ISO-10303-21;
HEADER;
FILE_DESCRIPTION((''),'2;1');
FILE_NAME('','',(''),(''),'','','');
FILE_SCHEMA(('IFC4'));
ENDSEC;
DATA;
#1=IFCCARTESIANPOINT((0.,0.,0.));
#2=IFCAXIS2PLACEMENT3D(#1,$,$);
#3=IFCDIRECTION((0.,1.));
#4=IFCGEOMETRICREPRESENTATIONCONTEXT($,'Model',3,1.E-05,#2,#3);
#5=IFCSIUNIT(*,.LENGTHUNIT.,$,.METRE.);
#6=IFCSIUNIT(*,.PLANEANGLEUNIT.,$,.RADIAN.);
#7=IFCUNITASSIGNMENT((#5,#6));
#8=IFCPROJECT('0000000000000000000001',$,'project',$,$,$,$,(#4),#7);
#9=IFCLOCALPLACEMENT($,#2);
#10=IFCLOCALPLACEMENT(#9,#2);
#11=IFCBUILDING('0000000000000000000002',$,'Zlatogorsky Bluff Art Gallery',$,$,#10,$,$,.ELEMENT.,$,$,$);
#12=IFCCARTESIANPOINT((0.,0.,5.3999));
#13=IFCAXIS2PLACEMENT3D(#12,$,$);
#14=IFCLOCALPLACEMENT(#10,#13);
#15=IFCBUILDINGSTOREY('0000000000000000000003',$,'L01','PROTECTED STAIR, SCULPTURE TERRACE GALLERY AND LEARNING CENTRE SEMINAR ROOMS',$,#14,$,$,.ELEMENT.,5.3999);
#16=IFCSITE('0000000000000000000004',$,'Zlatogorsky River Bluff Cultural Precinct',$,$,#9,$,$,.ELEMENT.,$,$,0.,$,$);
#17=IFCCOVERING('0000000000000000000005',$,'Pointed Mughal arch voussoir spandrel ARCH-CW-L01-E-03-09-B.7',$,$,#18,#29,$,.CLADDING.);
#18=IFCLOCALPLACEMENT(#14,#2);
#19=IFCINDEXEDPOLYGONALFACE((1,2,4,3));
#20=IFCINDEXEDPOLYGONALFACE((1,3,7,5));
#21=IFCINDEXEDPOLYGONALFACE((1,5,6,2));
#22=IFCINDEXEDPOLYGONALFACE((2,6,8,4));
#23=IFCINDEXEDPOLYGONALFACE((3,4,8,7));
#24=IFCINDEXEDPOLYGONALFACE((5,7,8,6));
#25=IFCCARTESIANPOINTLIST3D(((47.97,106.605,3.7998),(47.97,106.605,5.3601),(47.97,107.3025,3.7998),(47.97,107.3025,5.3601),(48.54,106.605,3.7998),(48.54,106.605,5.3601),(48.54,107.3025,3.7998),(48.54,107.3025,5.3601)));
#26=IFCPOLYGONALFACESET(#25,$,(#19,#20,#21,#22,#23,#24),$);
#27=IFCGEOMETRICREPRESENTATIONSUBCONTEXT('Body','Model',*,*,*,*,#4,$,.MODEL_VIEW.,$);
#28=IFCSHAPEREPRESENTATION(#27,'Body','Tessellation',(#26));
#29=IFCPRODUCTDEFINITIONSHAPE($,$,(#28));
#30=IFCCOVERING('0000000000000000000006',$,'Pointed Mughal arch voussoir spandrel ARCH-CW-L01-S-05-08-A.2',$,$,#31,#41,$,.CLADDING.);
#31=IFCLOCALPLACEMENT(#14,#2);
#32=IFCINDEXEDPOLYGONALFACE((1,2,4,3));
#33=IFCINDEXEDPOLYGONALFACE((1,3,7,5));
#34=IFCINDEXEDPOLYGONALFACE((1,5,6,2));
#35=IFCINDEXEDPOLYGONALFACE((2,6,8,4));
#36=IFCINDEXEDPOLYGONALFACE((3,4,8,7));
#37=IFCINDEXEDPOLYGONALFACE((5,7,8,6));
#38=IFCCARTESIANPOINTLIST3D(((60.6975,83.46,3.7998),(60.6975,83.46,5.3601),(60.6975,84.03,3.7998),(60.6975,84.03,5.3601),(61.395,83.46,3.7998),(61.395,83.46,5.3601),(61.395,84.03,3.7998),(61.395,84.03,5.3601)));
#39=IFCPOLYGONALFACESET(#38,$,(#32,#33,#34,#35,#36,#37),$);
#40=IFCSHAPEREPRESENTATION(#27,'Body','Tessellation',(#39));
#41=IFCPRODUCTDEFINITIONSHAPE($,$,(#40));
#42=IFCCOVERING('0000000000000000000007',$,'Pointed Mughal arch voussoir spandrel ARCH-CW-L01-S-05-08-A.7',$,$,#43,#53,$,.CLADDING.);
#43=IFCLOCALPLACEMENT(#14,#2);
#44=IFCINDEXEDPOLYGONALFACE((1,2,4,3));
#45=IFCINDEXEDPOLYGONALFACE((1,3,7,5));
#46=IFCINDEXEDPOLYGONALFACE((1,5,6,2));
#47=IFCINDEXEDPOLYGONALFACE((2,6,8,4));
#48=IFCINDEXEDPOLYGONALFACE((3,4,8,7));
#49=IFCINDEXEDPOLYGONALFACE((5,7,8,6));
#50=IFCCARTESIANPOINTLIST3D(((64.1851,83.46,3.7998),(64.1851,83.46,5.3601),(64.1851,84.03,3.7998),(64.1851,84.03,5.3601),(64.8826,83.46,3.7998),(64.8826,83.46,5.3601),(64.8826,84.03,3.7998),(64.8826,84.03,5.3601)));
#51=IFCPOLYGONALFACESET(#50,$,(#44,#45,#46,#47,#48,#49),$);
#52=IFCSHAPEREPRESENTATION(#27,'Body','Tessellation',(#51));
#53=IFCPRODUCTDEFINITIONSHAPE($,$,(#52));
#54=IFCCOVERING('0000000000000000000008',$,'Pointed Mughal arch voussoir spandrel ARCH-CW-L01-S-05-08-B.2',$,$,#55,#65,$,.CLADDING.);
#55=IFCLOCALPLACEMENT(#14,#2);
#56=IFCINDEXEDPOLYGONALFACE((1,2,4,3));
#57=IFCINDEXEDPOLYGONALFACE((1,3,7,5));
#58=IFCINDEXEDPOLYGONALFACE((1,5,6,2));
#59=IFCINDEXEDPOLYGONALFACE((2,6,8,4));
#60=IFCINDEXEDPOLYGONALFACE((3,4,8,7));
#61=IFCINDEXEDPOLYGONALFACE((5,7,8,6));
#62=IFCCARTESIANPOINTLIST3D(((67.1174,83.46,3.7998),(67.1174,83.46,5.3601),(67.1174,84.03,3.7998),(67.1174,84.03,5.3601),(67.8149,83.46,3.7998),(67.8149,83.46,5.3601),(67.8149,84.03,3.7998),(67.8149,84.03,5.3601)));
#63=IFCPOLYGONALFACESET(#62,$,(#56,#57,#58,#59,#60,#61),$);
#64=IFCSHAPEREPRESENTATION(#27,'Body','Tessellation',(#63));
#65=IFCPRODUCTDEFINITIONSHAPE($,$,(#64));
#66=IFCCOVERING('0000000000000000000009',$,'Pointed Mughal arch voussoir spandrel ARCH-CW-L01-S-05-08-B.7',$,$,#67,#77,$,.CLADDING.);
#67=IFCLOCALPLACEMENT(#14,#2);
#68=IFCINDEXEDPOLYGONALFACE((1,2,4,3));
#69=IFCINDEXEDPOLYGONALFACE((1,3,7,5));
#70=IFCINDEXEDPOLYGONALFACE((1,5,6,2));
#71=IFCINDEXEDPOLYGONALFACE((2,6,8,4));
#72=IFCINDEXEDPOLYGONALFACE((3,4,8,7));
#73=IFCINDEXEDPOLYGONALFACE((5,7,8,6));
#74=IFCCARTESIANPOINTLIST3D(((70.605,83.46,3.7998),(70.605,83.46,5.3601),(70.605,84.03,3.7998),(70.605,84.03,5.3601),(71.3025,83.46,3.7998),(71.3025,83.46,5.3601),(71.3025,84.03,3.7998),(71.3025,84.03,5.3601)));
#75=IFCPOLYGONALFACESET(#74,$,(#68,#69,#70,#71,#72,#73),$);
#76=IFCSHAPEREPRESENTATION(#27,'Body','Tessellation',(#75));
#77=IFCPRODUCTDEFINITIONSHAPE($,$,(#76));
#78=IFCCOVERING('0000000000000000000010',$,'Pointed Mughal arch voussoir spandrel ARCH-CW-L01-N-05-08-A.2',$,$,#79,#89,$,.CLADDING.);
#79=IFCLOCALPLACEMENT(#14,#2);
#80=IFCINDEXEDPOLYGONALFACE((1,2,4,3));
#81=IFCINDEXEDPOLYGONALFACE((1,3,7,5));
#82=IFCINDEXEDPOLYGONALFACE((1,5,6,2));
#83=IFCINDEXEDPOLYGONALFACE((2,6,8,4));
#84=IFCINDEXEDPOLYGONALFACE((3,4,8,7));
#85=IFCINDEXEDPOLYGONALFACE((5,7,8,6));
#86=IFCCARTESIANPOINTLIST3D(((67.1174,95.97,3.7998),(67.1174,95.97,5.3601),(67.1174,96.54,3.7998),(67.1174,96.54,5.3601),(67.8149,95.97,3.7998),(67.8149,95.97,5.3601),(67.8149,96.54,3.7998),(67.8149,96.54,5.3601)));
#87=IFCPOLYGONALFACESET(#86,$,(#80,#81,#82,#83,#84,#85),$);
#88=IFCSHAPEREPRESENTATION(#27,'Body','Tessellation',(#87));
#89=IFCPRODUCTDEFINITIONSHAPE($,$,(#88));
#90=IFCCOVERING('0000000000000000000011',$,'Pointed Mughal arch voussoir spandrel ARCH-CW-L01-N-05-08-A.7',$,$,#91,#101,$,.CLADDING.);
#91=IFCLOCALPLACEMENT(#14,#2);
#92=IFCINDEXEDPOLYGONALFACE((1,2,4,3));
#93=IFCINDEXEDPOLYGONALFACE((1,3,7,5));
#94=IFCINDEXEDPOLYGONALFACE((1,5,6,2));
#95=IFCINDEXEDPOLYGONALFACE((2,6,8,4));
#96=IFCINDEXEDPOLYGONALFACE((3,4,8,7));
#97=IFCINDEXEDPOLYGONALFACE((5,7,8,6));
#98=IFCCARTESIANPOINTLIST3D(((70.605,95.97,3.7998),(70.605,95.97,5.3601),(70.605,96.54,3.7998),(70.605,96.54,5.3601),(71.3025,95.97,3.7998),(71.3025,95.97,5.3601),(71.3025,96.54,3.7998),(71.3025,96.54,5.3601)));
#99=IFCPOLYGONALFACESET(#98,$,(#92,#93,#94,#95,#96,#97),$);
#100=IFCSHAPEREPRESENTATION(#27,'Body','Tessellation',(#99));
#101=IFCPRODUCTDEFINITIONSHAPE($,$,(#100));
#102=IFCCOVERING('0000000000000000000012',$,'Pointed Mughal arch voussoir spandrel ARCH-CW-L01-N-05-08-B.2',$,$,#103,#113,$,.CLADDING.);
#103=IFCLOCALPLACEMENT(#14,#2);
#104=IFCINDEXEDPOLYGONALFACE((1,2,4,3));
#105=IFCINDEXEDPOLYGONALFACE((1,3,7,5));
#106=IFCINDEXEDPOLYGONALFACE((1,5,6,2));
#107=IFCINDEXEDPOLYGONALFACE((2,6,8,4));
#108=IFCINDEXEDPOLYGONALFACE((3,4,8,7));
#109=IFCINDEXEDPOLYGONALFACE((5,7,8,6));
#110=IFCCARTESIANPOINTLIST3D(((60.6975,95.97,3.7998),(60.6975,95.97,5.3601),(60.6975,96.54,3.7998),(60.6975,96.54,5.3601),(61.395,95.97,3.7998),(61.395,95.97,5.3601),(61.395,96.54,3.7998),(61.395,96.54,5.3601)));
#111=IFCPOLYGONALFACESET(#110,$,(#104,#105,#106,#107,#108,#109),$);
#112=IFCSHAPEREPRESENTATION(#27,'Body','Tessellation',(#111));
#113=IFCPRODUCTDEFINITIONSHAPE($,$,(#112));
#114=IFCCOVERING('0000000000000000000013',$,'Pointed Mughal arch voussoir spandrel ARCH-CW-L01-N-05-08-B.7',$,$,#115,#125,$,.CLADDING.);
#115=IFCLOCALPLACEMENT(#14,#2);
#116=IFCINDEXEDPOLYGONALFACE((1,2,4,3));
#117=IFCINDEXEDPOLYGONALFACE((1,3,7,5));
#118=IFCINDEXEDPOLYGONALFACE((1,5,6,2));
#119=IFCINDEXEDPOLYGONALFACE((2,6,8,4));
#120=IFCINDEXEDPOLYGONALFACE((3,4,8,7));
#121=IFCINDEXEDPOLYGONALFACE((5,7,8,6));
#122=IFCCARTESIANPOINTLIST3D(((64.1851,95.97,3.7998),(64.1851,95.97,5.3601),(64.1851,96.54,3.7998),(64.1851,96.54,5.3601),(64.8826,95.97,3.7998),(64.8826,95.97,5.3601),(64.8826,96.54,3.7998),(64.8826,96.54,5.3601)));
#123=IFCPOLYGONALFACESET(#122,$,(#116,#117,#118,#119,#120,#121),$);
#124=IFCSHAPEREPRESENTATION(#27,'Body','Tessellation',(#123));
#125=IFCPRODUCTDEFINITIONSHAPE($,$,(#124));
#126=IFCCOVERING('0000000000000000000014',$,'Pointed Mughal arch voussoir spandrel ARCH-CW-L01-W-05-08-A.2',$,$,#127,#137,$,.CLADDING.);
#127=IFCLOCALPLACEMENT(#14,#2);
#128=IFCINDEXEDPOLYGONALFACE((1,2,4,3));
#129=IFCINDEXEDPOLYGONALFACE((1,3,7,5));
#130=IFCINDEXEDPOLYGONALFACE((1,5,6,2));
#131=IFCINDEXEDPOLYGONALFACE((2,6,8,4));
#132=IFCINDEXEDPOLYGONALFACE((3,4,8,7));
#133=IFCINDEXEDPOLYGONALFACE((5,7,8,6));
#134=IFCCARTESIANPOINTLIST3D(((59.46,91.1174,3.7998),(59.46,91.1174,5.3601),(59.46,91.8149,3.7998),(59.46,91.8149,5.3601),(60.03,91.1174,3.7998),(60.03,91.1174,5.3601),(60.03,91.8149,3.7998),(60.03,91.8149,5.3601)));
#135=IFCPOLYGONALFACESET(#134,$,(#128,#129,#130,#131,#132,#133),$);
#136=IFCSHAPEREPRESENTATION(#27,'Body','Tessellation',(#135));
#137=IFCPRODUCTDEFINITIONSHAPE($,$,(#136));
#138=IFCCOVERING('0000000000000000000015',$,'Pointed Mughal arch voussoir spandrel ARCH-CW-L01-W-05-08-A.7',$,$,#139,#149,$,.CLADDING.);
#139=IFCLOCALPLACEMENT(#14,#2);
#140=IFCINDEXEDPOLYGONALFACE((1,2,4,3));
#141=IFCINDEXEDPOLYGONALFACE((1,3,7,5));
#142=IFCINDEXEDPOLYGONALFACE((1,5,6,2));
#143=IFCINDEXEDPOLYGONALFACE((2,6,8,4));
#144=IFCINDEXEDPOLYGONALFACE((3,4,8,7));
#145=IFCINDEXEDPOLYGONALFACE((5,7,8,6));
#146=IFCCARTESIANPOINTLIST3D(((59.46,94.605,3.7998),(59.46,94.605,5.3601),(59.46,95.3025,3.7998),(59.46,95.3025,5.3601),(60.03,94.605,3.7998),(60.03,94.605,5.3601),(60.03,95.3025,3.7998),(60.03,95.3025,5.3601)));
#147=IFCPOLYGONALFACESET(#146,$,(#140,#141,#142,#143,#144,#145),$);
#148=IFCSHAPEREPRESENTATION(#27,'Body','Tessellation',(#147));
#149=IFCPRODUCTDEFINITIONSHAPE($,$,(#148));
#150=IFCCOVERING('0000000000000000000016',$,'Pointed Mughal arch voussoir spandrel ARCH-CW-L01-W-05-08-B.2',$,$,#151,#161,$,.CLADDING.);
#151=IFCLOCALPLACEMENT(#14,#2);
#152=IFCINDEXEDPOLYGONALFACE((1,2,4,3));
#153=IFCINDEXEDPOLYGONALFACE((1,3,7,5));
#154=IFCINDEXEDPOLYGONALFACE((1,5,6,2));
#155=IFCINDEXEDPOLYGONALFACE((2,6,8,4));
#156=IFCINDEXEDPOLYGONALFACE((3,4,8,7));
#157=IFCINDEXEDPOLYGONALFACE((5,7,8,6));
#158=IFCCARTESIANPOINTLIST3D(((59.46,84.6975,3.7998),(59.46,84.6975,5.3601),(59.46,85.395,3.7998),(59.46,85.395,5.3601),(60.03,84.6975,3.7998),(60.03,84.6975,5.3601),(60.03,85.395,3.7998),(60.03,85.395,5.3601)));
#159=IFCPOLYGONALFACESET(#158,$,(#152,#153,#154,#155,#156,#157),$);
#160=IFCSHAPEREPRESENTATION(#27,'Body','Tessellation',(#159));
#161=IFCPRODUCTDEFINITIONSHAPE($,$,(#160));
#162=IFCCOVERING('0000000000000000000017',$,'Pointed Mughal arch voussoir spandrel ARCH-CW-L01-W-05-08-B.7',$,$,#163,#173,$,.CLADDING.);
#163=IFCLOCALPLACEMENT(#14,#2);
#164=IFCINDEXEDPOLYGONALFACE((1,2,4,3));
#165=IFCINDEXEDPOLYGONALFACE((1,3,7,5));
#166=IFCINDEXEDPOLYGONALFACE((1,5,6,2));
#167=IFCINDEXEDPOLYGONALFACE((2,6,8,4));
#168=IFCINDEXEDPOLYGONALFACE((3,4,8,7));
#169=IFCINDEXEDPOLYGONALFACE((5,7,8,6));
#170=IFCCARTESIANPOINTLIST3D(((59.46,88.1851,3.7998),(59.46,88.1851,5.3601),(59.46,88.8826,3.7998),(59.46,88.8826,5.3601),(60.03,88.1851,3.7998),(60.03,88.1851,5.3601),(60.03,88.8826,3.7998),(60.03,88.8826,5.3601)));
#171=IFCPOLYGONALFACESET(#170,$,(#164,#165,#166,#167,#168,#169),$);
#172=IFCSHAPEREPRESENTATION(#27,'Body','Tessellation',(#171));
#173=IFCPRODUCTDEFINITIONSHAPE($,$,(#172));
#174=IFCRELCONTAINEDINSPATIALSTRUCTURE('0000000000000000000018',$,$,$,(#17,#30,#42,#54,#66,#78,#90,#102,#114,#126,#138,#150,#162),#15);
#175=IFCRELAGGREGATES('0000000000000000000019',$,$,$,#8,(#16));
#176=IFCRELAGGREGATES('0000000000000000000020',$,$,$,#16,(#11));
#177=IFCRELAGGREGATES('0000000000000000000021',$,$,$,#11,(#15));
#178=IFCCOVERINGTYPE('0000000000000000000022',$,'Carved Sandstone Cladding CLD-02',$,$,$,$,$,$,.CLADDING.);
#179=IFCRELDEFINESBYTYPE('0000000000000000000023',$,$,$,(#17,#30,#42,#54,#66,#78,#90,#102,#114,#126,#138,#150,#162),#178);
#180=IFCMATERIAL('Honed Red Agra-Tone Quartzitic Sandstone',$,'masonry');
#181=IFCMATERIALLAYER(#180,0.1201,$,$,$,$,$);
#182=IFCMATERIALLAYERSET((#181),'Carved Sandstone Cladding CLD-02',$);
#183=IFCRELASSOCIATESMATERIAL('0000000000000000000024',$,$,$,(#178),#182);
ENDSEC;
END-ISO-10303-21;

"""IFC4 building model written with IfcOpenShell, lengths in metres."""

from ifc_helpers import new_model, si_unit, direction, frame, origin, place, context, subcontext, project, spatial, polyline, outline, extrude, material, layer, layer_set, type_object, element, save


model = new_model("IFC4")

# Units and contexts
model_context = context("Model", 3, precision=1e-05, world=origin(), true_north=direction((0.0, 1.0)))
body_context = subcontext(model_context, "Body", "Model", "MODEL_VIEW")
ifc_project = project(units=[si_unit("LENGTHUNIT", "METRE"), si_unit("PLANEANGLEUNIT", "RADIAN")], contexts=[model_context])

# Site, building, storey
site_placement = place(None, origin())
site = spatial("IfcSite", under=ifc_project, at=site_placement, Name="Zlatogorsky River Bluff Cultural Precinct", CompositionType="ELEMENT", RefElevation=0.0)
building_placement = place(site_placement, origin())
building = spatial("IfcBuilding", under=site, at=building_placement, Name="Zlatogorsky Bluff Art Gallery", CompositionType="ELEMENT")
storey_placement = place(building_placement, frame((0.0, 0.0, 5.3999)))
storey = spatial("IfcBuildingStorey", under=building, at=storey_placement, Name="L01", Description="PROTECTED STAIR, SCULPTURE TERRACE GALLERY AND LEARNING CENTRE SEMINAR ROOMS", CompositionType="ELEMENT", Elevation=5.3999)

# Coverings
ifc_material = material(Name="Honed Red Agra-Tone Quartzitic Sandstone", Category="masonry")
ifc_layer = layer(ifc_material, 0.1201)
ifc_layer_set = layer_set([ifc_layer], Name="Carved Sandstone Cladding CLD-02")
covering_type = type_object("IfcCoveringType", Name="Carved Sandstone Cladding CLD-02", PredefinedType="CLADDING", material=ifc_layer_set)
covering_1_placement = place(storey_placement, frame((0.0, 0.0, 3.7998)))
element("IfcCovering", 1, at=covering_1_placement, inside=storey, type_object=covering_type, Name="Pointed Mughal arch voussoir spandrel ARCH-CW-L01-E-03-09-B.7", PredefinedType="CLADDING", context=body_context, shape_type="SweptSolid", body=[
    extrude(outline(polyline([(47.97, 106.605), (47.97, 107.3025), (48.54, 107.3025), (48.54, 106.605), (47.97, 106.605)])), origin(), (0.0, 0.0, 1.0), 1.5603),
])
covering_2_placement = place(storey_placement, frame((0.0, 0.0, 3.7998)))
element("IfcCovering", 2, at=covering_2_placement, inside=storey, type_object=covering_type, Name="Pointed Mughal arch voussoir spandrel ARCH-CW-L01-S-05-08-A.2", PredefinedType="CLADDING", context=body_context, shape_type="SweptSolid", body=[
    extrude(outline(polyline([(60.6975, 83.46), (61.395, 83.46), (61.395, 84.03), (60.6975, 84.03), (60.6975, 83.46)])), origin(), (0.0, 0.0, 1.0), 1.5603),
])
covering_3_placement = place(storey_placement, frame((0.0, 0.0, 3.7998)))
element("IfcCovering", 3, at=covering_3_placement, inside=storey, type_object=covering_type, Name="Pointed Mughal arch voussoir spandrel ARCH-CW-L01-S-05-08-A.7", PredefinedType="CLADDING", context=body_context, shape_type="SweptSolid", body=[
    extrude(outline(polyline([(64.1851, 83.46), (64.8826, 83.46), (64.8826, 84.03), (64.1851, 84.03), (64.1851, 83.46)])), origin(), (0.0, 0.0, 1.0), 1.5603),
])
covering_4_placement = place(storey_placement, frame((0.0, 0.0, 3.7998)))
element("IfcCovering", 4, at=covering_4_placement, inside=storey, type_object=covering_type, Name="Pointed Mughal arch voussoir spandrel ARCH-CW-L01-S-05-08-B.2", PredefinedType="CLADDING", context=body_context, shape_type="SweptSolid", body=[
    extrude(outline(polyline([(67.1174, 83.46), (67.8149, 83.46), (67.8149, 84.03), (67.1174, 84.03), (67.1174, 83.46)])), origin(), (0.0, 0.0, 1.0), 1.5603),
])
covering_5_placement = place(storey_placement, frame((0.0, 0.0, 3.7998)))
element("IfcCovering", 5, at=covering_5_placement, inside=storey, type_object=covering_type, Name="Pointed Mughal arch voussoir spandrel ARCH-CW-L01-S-05-08-B.7", PredefinedType="CLADDING", context=body_context, shape_type="SweptSolid", body=[
    extrude(outline(polyline([(70.605, 83.46), (71.3025, 83.46), (71.3025, 84.03), (70.605, 84.03), (70.605, 83.46)])), origin(), (0.0, 0.0, 1.0), 1.5603),
])
covering_6_placement = place(storey_placement, frame((0.0, 0.0, 3.7998)))
element("IfcCovering", 6, at=covering_6_placement, inside=storey, type_object=covering_type, Name="Pointed Mughal arch voussoir spandrel ARCH-CW-L01-N-05-08-A.2", PredefinedType="CLADDING", context=body_context, shape_type="SweptSolid", body=[
    extrude(outline(polyline([(67.1174, 95.97), (67.8149, 95.97), (67.8149, 96.54), (67.1174, 96.54), (67.1174, 95.97)])), origin(), (0.0, 0.0, 1.0), 1.5603),
])
covering_7_placement = place(storey_placement, frame((0.0, 0.0, 3.7998)))
element("IfcCovering", 7, at=covering_7_placement, inside=storey, type_object=covering_type, Name="Pointed Mughal arch voussoir spandrel ARCH-CW-L01-N-05-08-A.7", PredefinedType="CLADDING", context=body_context, shape_type="SweptSolid", body=[
    extrude(outline(polyline([(70.605, 95.97), (71.3025, 95.97), (71.3025, 96.54), (70.605, 96.54), (70.605, 95.97)])), origin(), (0.0, 0.0, 1.0), 1.5603),
])
covering_8_placement = place(storey_placement, frame((0.0, 0.0, 3.7998)))
element("IfcCovering", 8, at=covering_8_placement, inside=storey, type_object=covering_type, Name="Pointed Mughal arch voussoir spandrel ARCH-CW-L01-N-05-08-B.2", PredefinedType="CLADDING", context=body_context, shape_type="SweptSolid", body=[
    extrude(outline(polyline([(60.6975, 95.97), (61.395, 95.97), (61.395, 96.54), (60.6975, 96.54), (60.6975, 95.97)])), origin(), (0.0, 0.0, 1.0), 1.5603),
])
covering_9_placement = place(storey_placement, frame((0.0, 0.0, 3.7998)))
element("IfcCovering", 9, at=covering_9_placement, inside=storey, type_object=covering_type, Name="Pointed Mughal arch voussoir spandrel ARCH-CW-L01-N-05-08-B.7", PredefinedType="CLADDING", context=body_context, shape_type="SweptSolid", body=[
    extrude(outline(polyline([(64.1851, 95.97), (64.8826, 95.97), (64.8826, 96.54), (64.1851, 96.54), (64.1851, 95.97)])), origin(), (0.0, 0.0, 1.0), 1.5603),
])
covering_10_placement = place(storey_placement, frame((0.0, 0.0, 3.7998)))
element("IfcCovering", 10, at=covering_10_placement, inside=storey, type_object=covering_type, Name="Pointed Mughal arch voussoir spandrel ARCH-CW-L01-W-05-08-A.2", PredefinedType="CLADDING", context=body_context, shape_type="SweptSolid", body=[
    extrude(outline(polyline([(59.46, 91.1174), (59.46, 91.8149), (60.03, 91.8149), (60.03, 91.1174), (59.46, 91.1174)])), origin(), (0.0, 0.0, 1.0), 1.5603),
])
covering_11_placement = place(storey_placement, frame((0.0, 0.0, 3.7998)))
element("IfcCovering", 11, at=covering_11_placement, inside=storey, type_object=covering_type, Name="Pointed Mughal arch voussoir spandrel ARCH-CW-L01-W-05-08-A.7", PredefinedType="CLADDING", context=body_context, shape_type="SweptSolid", body=[
    extrude(outline(polyline([(59.46, 94.605), (59.46, 95.3025), (60.03, 95.3025), (60.03, 94.605), (59.46, 94.605)])), origin(), (0.0, 0.0, 1.0), 1.5603),
])
covering_12_placement = place(storey_placement, frame((0.0, 0.0, 3.7998)))
element("IfcCovering", 12, at=covering_12_placement, inside=storey, type_object=covering_type, Name="Pointed Mughal arch voussoir spandrel ARCH-CW-L01-W-05-08-B.2", PredefinedType="CLADDING", context=body_context, shape_type="SweptSolid", body=[
    extrude(outline(polyline([(59.46, 84.6975), (59.46, 85.395), (60.03, 85.395), (60.03, 84.6975), (59.46, 84.6975)])), origin(), (0.0, 0.0, 1.0), 1.5603),
])
covering_13_placement = place(storey_placement, frame((0.0, 0.0, 3.7998)))
element("IfcCovering", 13, at=covering_13_placement, inside=storey, type_object=covering_type, Name="Pointed Mughal arch voussoir spandrel ARCH-CW-L01-W-05-08-B.7", PredefinedType="CLADDING", context=body_context, shape_type="SweptSolid", body=[
    extrude(outline(polyline([(59.46, 88.1851), (59.46, 88.8826), (60.03, 88.8826), (60.03, 88.1851), (59.46, 88.1851)])), origin(), (0.0, 0.0, 1.0), 1.5603),
])

save(model, "model.ifc")
